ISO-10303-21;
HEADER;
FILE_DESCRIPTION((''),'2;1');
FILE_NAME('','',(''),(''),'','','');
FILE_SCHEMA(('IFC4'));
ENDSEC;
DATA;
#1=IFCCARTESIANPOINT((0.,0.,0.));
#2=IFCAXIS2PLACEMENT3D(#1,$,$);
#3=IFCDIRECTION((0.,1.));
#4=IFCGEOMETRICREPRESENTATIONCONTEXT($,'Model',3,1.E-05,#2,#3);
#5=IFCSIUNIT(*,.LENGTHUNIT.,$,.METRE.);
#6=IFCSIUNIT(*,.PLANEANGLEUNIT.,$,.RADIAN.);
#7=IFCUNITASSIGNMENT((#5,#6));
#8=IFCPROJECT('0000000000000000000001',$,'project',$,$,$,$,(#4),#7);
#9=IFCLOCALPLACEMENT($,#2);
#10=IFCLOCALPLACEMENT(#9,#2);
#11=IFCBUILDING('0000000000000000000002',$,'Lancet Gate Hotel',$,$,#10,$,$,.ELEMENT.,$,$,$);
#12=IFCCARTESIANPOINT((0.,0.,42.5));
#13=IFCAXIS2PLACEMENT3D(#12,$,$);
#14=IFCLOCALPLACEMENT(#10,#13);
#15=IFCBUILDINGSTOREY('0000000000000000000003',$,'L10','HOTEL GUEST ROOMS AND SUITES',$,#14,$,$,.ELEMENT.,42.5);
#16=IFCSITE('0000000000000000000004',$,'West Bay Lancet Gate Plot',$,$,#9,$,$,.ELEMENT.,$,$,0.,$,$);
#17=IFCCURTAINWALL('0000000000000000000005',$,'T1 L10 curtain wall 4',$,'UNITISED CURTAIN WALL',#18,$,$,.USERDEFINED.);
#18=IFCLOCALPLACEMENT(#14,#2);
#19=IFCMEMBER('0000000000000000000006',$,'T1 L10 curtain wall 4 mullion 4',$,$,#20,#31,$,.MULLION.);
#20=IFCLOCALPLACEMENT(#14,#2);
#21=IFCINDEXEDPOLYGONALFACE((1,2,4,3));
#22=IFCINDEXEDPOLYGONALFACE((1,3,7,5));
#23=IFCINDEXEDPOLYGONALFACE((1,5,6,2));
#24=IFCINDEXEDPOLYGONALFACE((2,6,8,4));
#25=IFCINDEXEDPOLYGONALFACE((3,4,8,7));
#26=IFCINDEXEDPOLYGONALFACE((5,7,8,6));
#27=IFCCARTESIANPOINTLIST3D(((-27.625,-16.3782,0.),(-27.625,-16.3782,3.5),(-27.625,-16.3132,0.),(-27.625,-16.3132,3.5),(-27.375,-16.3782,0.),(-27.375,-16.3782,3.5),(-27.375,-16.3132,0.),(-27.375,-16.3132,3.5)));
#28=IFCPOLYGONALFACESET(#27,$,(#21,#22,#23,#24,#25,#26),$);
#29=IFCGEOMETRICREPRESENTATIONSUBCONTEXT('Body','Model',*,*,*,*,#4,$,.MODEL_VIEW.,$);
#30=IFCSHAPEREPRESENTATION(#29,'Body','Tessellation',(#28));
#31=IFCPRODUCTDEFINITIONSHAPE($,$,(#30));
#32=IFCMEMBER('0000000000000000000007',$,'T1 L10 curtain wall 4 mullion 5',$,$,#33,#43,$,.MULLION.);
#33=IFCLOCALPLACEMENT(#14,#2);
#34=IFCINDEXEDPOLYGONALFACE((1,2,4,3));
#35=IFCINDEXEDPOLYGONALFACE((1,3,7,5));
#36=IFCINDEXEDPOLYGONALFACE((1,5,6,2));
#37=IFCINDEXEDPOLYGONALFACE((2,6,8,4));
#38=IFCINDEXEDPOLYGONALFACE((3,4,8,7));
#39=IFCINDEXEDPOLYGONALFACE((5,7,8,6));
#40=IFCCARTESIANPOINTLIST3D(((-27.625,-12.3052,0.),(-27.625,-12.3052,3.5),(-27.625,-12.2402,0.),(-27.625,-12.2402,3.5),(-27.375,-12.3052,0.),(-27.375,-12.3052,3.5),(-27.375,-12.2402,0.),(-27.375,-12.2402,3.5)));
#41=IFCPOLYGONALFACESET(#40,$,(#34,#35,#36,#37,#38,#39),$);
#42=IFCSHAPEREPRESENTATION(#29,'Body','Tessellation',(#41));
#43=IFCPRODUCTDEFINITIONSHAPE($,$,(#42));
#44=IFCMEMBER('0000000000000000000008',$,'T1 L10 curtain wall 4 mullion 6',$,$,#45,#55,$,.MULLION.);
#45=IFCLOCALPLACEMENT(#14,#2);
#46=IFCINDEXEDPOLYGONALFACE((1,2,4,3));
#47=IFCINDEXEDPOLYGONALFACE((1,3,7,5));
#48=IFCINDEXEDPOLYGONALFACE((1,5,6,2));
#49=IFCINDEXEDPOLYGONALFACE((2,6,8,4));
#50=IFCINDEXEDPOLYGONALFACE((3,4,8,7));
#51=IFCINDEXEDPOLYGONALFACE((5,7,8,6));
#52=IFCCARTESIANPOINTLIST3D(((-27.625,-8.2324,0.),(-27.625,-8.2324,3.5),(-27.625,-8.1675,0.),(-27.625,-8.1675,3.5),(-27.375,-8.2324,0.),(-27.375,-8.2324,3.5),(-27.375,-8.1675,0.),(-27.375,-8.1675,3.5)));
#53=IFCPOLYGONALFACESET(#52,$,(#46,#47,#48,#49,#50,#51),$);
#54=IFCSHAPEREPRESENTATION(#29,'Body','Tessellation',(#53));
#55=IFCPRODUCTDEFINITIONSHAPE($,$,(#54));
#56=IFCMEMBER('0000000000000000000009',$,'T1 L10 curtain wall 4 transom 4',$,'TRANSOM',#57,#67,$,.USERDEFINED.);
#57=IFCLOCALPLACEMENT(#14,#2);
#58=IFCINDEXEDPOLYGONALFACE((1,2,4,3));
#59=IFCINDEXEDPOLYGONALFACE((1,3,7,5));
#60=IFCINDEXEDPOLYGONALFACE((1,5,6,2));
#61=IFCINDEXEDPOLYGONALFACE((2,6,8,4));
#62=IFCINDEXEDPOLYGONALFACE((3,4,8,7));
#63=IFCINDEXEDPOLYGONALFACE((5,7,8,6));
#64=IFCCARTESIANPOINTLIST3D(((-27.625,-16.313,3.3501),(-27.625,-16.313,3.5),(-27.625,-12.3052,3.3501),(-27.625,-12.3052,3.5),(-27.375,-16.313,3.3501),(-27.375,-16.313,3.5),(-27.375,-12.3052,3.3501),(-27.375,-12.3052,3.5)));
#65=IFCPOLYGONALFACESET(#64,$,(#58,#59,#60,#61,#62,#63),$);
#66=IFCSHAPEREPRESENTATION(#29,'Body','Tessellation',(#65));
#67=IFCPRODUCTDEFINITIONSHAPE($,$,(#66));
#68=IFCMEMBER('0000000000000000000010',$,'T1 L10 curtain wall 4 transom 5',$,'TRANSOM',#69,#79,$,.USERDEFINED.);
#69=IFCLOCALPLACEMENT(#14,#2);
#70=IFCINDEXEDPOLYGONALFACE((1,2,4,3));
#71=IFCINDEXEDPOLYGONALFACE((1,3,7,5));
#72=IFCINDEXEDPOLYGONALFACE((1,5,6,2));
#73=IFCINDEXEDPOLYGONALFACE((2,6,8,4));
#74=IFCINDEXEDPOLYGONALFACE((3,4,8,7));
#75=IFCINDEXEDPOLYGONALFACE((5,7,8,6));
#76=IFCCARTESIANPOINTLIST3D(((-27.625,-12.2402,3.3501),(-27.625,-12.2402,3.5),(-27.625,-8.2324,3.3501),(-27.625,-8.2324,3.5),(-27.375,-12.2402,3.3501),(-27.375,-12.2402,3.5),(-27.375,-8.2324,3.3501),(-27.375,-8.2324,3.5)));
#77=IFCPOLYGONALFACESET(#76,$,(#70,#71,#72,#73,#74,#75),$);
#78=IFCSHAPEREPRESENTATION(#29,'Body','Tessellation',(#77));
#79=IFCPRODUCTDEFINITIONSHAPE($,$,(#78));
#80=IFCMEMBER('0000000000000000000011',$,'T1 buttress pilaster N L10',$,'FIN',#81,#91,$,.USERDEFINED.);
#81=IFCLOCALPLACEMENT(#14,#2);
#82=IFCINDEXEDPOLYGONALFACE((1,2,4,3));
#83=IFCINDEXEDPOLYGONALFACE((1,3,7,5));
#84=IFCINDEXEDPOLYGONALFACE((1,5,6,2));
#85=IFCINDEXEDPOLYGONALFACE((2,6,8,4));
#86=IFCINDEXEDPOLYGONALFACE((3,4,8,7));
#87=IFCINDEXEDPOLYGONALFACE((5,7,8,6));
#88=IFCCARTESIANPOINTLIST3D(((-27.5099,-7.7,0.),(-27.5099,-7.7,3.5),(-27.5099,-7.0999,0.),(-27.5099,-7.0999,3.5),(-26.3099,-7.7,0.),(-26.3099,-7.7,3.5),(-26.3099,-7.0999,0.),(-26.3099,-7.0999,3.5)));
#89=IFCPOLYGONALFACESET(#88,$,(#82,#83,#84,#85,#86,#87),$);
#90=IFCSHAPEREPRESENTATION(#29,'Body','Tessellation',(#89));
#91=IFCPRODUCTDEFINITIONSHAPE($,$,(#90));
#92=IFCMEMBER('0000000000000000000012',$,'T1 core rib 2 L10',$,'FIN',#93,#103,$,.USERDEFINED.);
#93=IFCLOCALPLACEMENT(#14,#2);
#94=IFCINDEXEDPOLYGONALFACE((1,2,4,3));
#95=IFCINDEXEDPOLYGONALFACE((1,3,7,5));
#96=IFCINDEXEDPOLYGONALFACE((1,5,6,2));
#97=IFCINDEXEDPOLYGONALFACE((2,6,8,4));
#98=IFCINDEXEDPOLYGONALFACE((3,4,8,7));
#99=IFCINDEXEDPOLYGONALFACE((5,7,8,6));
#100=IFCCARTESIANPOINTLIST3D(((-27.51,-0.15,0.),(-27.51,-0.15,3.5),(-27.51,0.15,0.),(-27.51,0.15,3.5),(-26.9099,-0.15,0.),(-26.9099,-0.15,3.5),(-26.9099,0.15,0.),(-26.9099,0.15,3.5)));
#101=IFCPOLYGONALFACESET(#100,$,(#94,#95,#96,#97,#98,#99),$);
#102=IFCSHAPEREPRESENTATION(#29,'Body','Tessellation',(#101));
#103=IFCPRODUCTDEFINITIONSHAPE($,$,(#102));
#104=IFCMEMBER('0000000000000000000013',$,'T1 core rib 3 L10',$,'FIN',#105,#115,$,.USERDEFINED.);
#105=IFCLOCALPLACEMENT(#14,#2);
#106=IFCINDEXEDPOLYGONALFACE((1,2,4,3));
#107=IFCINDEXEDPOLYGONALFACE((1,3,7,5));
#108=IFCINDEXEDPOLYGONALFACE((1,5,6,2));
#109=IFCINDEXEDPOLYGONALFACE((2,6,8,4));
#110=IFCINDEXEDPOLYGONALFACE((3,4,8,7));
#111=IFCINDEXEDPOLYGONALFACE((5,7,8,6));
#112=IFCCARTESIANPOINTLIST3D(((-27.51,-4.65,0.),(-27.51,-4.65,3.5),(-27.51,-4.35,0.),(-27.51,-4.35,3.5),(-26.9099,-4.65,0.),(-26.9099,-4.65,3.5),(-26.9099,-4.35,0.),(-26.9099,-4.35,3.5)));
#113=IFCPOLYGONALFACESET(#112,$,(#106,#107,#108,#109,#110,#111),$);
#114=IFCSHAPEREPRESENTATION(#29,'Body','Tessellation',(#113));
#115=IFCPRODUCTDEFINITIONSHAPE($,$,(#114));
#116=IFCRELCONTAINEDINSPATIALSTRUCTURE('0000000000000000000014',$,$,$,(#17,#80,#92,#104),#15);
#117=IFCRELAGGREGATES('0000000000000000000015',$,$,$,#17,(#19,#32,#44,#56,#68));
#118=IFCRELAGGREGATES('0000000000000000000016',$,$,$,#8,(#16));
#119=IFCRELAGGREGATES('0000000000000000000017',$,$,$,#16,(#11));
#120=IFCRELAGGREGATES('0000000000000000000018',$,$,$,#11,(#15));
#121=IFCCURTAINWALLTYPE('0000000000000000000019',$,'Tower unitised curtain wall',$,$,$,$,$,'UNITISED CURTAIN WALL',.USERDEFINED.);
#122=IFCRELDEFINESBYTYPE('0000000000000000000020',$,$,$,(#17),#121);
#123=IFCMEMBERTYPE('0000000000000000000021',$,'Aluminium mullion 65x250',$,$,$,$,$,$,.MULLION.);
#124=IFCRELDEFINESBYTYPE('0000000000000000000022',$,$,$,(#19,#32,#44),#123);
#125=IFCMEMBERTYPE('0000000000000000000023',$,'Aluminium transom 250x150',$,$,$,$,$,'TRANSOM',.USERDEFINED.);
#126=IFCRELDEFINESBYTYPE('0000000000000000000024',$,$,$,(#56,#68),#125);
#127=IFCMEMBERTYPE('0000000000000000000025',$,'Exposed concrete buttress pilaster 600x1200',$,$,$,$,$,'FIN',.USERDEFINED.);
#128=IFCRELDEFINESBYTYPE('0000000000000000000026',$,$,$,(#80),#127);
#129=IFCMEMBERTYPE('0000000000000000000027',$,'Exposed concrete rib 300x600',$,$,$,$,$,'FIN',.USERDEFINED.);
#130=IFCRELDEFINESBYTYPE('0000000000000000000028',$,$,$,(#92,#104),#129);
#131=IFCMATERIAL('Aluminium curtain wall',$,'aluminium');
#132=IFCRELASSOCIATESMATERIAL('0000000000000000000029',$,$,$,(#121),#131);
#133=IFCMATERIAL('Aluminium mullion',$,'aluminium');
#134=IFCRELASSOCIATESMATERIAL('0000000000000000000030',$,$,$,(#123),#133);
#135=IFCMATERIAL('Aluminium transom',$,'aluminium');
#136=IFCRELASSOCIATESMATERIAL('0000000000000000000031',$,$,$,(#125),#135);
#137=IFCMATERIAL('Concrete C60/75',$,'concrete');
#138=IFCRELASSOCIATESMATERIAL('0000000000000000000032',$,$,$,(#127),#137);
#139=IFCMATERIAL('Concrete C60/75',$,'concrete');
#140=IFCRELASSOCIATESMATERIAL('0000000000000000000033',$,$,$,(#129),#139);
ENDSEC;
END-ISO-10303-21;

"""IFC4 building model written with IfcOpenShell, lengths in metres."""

from ifc_helpers import new_model, si_unit, direction, frame, origin, origin_2d, place, context, subcontext, project, spatial, rectangle, extrude, material, material_profile, profile_set, type_object, element, aggregate, save


model = new_model("IFC4")

# Units and contexts
model_context = context("Model", 3, precision=1e-05, world=origin(), true_north=direction((0.0, 1.0)))
body_context = subcontext(model_context, "Body", "Model", "MODEL_VIEW")
ifc_project = project(units=[si_unit("LENGTHUNIT", "METRE"), si_unit("PLANEANGLEUNIT", "RADIAN")], contexts=[model_context])

# Site, building, storey
site_placement = place(None, origin())
site = spatial("IfcSite", under=ifc_project, at=site_placement, Name="West Bay Lancet Gate Plot", CompositionType="ELEMENT", RefElevation=0.0)
building_placement = place(site_placement, origin())
building = spatial("IfcBuilding", under=site, at=building_placement, Name="Lancet Gate Hotel", CompositionType="ELEMENT")
storey_placement = place(building_placement, frame((0.0, 0.0, 42.5)))
storey = spatial("IfcBuildingStorey", under=building, at=storey_placement, Name="L10", Description="HOTEL GUEST ROOMS AND SUITES", CompositionType="ELEMENT", Elevation=42.5)

# Curtain wall, members
ifc_material_1 = material(Name="Aluminium curtain wall", Category="aluminium")
curtain_wall_type = type_object("IfcCurtainWallType", Name="Tower unitised curtain wall", ElementType="UNITISED CURTAIN WALL", PredefinedType="USERDEFINED", material=ifc_material_1)
curtain_wall_placement = place(storey_placement, origin())
curtain_wall = element("IfcCurtainWall", 1, at=curtain_wall_placement, inside=storey, type_object=curtain_wall_type, Name="T1 L10 curtain wall 4", ObjectType="UNITISED CURTAIN WALL", PredefinedType="USERDEFINED")
ifc_material_2 = material(Name="Aluminium mullion", Category="aluminium")
ifc_material_profile_1 = material_profile(ifc_material_2, rectangle(XDim=0.0649, YDim=0.25, at=origin_2d()), Name="MULLION 65x250")
ifc_profile_set_1 = profile_set([ifc_material_profile_1], Name="Aluminium mullion")
member_type_1 = type_object("IfcMemberType", Name="Aluminium mullion 65x250", PredefinedType="MULLION", material=ifc_profile_set_1)
member_1_placement = place(storey_placement, frame((-27.5, -16.3457, 0.0), z_axis=(0.0, 0.0, 1.0), x_axis=(0.0, 1.0, 0.0)))
member_1 = element("IfcMember", 2, at=member_1_placement, type_object=member_type_1, Name="T1 L10 curtain wall 4 mullion 4", PredefinedType="MULLION", context=body_context, shape_type="SweptSolid", body=[
    extrude(rectangle(XDim=0.0649, YDim=0.25, at=origin_2d()), origin(), (0.0, 0.0, 1.0), 3.5),
])
member_2_placement = place(storey_placement, frame((-27.5, -12.2727, 0.0), z_axis=(0.0, 0.0, 1.0), x_axis=(0.0, 1.0, 0.0)))
member_2 = element("IfcMember", 3, at=member_2_placement, type_object=member_type_1, Name="T1 L10 curtain wall 4 mullion 5", PredefinedType="MULLION", context=body_context, shape_type="SweptSolid", body=[
    extrude(rectangle(XDim=0.0649, YDim=0.25, at=origin_2d()), origin(), (0.0, 0.0, 1.0), 3.5),
])
member_3_placement = place(storey_placement, frame((-27.5, -8.2, 0.0), z_axis=(0.0, 0.0, 1.0), x_axis=(0.0, 1.0, 0.0)))
member_3 = element("IfcMember", 4, at=member_3_placement, type_object=member_type_1, Name="T1 L10 curtain wall 4 mullion 6", PredefinedType="MULLION", context=body_context, shape_type="SweptSolid", body=[
    extrude(rectangle(XDim=0.0649, YDim=0.25, at=origin_2d()), origin(), (0.0, 0.0, 1.0), 3.5),
])
ifc_material_3 = material(Name="Aluminium transom", Category="aluminium")
ifc_material_profile_2 = material_profile(ifc_material_3, rectangle(XDim=0.25, YDim=0.1499, at=origin_2d()), Name="TRANSOM 250x150")
ifc_profile_set_2 = profile_set([ifc_material_profile_2], Name="Aluminium transom")
member_type_2 = type_object("IfcMemberType", Name="Aluminium transom 250x150", ElementType="TRANSOM", PredefinedType="USERDEFINED", material=ifc_profile_set_2)
member_4_placement = place(storey_placement, frame((-27.5, -16.313, 3.425), z_axis=(0.0, 1.0, 0.0), x_axis=(-1.0, 0.0, 0.0)))
member_4 = element("IfcMember", 5, at=member_4_placement, type_object=member_type_2, Name="T1 L10 curtain wall 4 transom 4", ObjectType="TRANSOM", PredefinedType="USERDEFINED", context=body_context, shape_type="SweptSolid", body=[
    extrude(rectangle(XDim=0.25, YDim=0.1499, at=origin_2d()), origin(), (0.0, 0.0, 1.0), 4.0078),
])
member_5_placement = place(storey_placement, frame((-27.5, -12.2402, 3.425), z_axis=(0.0, 1.0, 0.0), x_axis=(-1.0, 0.0, 0.0)))
member_5 = element("IfcMember", 6, at=member_5_placement, type_object=member_type_2, Name="T1 L10 curtain wall 4 transom 5", ObjectType="TRANSOM", PredefinedType="USERDEFINED", context=body_context, shape_type="SweptSolid", body=[
    extrude(rectangle(XDim=0.25, YDim=0.1499, at=origin_2d()), origin(), (0.0, 0.0, 1.0), 4.0078),
])

# Members
ifc_material_4 = material(Name="Concrete C60/75", Category="concrete")
ifc_material_profile_3 = material_profile(ifc_material_4, rectangle(XDim=0.6001, YDim=1.2, at=origin_2d()), Name="FIN 600x1200")
ifc_profile_set_3 = profile_set([ifc_material_profile_3], Name="Concrete C60/75")
member_type_3 = type_object("IfcMemberType", Name="Exposed concrete buttress pilaster 600x1200", ElementType="FIN", PredefinedType="USERDEFINED", material=ifc_profile_set_3)
member_6_placement = place(storey_placement, frame((-26.9099, -7.3999, 0.0), z_axis=(0.0, 0.0, 1.0), x_axis=(0.0, 1.0, 0.0)))
element("IfcMember", 7, at=member_6_placement, inside=storey, type_object=member_type_3, Name="T1 buttress pilaster N L10", ObjectType="FIN", PredefinedType="USERDEFINED", context=body_context, shape_type="SweptSolid", body=[
    extrude(rectangle(XDim=0.6001, YDim=1.2, at=origin_2d()), origin(), (0.0, 0.0, 1.0), 3.5),
])
ifc_material_5 = material(Name="Concrete C60/75", Category="concrete")
ifc_material_profile_4 = material_profile(ifc_material_5, rectangle(XDim=0.3, YDim=0.6001, at=origin_2d()), Name="FIN 300x600")
ifc_profile_set_4 = profile_set([ifc_material_profile_4], Name="Concrete C60/75")
member_type_4 = type_object("IfcMemberType", Name="Exposed concrete rib 300x600", ElementType="FIN", PredefinedType="USERDEFINED", material=ifc_profile_set_4)
for number, where, z_axis, x_axis, name in (
    (8, (-27.21, 0.0, 0.0), (0.0, 0.0, 1.0), (0.0, 1.0, 0.0), "T1 core rib 2 L10"),
    (9, (-27.21, -4.5, 0.0), (0.0, 0.0, 1.0), (0.0, 1.0, 0.0), "T1 core rib 3 L10"),
):
    element("IfcMember", number, at=place(storey_placement, frame(where, z_axis=z_axis, x_axis=x_axis)), inside=storey, type_object=member_type_4, Name=name, ObjectType="FIN", PredefinedType="USERDEFINED", context=body_context, shape_type="SweptSolid", body=[
        extrude(rectangle(XDim=0.3, YDim=0.6001, at=origin_2d()), origin(), (0.0, 0.0, 1.0), 3.5),
    ])

aggregate(curtain_wall, [member_1, member_2, member_3, member_4, member_5])

save(model, "model.ifc")
